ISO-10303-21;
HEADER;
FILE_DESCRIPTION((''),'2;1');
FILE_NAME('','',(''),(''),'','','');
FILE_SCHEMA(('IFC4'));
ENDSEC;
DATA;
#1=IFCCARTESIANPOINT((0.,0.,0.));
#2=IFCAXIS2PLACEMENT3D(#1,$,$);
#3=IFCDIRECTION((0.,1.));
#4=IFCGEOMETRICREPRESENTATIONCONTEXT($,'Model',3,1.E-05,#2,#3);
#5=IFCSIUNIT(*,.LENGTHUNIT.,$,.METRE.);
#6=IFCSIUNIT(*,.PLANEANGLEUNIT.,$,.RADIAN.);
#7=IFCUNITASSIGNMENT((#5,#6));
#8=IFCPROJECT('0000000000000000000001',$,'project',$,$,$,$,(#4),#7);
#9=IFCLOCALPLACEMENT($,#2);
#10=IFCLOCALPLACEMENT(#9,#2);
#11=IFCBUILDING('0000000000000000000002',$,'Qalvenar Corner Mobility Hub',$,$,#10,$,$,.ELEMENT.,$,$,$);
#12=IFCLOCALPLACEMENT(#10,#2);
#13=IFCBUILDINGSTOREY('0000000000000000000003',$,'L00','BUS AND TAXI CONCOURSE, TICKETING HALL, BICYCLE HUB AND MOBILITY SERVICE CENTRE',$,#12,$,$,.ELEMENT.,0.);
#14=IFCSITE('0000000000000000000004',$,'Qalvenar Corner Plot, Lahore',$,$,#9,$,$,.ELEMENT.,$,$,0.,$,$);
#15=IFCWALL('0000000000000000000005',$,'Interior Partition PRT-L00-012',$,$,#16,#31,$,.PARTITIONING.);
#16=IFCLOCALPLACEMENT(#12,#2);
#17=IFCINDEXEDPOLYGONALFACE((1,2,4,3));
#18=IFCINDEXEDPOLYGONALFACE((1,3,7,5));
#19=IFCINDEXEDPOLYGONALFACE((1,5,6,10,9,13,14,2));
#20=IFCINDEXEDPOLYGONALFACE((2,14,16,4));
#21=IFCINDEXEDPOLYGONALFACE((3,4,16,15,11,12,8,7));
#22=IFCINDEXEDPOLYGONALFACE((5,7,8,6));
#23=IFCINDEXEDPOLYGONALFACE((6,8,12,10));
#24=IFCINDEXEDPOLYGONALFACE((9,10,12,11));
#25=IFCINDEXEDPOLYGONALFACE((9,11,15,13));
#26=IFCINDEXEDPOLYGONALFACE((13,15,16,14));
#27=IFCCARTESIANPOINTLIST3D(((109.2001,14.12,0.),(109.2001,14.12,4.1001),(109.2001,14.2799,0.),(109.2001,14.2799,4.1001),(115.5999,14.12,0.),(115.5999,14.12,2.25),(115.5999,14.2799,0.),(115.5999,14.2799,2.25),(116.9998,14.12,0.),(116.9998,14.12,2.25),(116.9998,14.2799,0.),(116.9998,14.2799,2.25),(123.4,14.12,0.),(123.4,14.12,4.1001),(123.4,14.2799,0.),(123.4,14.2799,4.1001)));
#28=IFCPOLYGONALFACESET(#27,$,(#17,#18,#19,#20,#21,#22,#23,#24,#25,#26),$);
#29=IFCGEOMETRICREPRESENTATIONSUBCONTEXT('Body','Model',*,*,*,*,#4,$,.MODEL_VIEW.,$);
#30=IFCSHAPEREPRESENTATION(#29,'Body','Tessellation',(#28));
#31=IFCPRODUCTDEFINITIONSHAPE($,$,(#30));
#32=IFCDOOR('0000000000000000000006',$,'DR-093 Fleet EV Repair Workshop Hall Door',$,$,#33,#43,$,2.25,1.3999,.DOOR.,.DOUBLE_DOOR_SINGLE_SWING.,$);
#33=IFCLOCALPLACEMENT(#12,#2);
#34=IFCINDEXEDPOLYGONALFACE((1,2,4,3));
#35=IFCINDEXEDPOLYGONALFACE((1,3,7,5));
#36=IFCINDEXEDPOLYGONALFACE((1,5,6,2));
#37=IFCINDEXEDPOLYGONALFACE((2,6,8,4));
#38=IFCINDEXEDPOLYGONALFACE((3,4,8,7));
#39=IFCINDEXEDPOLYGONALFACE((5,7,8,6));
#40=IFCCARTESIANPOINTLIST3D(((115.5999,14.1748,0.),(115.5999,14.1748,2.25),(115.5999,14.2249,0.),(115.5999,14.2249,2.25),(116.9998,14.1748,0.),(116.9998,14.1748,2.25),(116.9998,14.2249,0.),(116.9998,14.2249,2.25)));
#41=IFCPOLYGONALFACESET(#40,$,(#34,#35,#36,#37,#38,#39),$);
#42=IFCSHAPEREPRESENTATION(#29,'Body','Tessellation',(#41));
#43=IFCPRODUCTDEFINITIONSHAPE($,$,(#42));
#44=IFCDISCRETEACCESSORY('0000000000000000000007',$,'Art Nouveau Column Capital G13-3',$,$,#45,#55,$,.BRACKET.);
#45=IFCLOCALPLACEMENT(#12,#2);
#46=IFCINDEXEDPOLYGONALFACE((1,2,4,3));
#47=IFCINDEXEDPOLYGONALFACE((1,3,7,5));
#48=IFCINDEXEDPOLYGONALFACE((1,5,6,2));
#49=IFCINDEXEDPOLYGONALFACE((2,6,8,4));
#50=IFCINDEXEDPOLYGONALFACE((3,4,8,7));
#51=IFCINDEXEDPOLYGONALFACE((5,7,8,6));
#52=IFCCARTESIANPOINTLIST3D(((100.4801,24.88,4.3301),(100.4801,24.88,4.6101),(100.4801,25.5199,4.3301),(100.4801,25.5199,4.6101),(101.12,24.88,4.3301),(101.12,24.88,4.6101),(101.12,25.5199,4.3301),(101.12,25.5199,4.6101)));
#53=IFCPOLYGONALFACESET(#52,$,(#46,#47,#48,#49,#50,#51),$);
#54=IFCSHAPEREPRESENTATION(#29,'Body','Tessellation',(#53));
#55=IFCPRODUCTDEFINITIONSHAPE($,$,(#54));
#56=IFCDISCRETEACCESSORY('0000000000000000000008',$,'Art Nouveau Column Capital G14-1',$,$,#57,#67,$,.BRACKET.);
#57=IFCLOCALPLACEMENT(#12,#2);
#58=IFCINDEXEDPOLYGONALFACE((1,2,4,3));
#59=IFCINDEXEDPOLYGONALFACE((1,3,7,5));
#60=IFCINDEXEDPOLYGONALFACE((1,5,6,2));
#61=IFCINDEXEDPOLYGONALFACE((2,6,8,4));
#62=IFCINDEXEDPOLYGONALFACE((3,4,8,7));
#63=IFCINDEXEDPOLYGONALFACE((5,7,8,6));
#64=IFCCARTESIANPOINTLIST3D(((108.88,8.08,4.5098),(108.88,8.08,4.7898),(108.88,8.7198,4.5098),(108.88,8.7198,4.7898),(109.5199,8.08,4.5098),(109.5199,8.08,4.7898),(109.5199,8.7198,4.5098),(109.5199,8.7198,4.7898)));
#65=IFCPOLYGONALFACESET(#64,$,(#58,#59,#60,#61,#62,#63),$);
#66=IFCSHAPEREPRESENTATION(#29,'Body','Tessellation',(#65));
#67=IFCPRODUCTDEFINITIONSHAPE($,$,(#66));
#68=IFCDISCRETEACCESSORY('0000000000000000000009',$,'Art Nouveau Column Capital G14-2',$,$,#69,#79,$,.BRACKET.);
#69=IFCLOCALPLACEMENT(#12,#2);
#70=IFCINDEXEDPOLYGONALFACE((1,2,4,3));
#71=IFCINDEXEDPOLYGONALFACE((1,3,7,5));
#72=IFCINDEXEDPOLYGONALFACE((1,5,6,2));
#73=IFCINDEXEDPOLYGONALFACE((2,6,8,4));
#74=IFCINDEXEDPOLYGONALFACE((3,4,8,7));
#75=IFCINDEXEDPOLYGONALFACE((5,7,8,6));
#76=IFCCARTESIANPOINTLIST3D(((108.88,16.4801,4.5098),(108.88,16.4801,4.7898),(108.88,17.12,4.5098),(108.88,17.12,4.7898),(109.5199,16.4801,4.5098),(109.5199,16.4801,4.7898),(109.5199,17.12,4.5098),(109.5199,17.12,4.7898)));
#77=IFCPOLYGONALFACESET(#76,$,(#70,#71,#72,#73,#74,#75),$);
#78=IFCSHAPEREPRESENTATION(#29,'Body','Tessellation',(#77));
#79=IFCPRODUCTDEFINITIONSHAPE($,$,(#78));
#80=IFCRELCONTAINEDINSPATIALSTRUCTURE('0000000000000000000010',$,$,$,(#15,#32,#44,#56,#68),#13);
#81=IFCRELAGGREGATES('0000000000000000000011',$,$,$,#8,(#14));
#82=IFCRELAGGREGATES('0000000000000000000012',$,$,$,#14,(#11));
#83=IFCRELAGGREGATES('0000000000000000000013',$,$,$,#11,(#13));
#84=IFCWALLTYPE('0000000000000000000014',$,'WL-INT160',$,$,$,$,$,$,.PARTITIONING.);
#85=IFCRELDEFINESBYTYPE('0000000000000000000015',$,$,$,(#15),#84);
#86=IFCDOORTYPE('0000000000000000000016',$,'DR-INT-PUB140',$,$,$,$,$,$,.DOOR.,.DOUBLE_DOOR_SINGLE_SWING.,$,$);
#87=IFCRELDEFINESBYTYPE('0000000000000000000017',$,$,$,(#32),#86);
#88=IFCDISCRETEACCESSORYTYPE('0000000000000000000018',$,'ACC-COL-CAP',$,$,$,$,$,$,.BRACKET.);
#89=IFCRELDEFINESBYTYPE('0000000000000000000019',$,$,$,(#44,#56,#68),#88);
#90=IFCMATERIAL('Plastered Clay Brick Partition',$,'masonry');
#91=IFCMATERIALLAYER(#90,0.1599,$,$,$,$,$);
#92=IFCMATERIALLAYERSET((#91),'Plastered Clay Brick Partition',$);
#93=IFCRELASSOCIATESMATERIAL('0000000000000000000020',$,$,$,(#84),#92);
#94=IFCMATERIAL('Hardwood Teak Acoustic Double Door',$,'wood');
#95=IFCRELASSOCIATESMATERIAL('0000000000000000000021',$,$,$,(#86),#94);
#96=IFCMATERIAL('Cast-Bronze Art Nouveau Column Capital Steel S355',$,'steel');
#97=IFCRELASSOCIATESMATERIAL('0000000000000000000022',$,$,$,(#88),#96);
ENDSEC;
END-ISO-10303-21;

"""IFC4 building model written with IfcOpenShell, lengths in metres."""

from ifc_helpers import new_model, si_unit, direction, frame, frame_2d, origin, origin_2d, place, context, subcontext, project, spatial, rectangle, extrude, material, layer, layer_set, type_object, element, fill, save


model = new_model("IFC4")

# Units and contexts
model_context = context("Model", 3, precision=1e-05, world=origin(), true_north=direction((0.0, 1.0)))
body_context = subcontext(model_context, "Body", "Model", "MODEL_VIEW")
ifc_project = project(units=[si_unit("LENGTHUNIT", "METRE"), si_unit("PLANEANGLEUNIT", "RADIAN")], contexts=[model_context])

# Site, building, storey
site_placement = place(None, origin())
site = spatial("IfcSite", under=ifc_project, at=site_placement, Name="Qalvenar Corner Plot, Lahore", CompositionType="ELEMENT", RefElevation=0.0)
building_placement = place(site_placement, origin())
building = spatial("IfcBuilding", under=site, at=building_placement, Name="Qalvenar Corner Mobility Hub", CompositionType="ELEMENT")
storey_placement = place(building_placement, origin())
storey = spatial("IfcBuildingStorey", under=building, at=storey_placement, Name="L00", Description="BUS AND TAXI CONCOURSE, TICKETING HALL, BICYCLE HUB AND MOBILITY SERVICE CENTRE", CompositionType="ELEMENT", Elevation=0.0)

# Shared definitions
ifc_material_1 = material(Name="Plastered Clay Brick Partition", Category="masonry")
ifc_layer_1 = layer(ifc_material_1, 0.1599)
ifc_layer_set_1 = layer_set([ifc_layer_1], Name="Plastered Clay Brick Partition")
wall_type_1 = type_object("IfcWallType", Name="WL-INT160", PredefinedType="PARTITIONING", material=ifc_layer_set_1)

# Wall, opening, door
wall_1_placement = place(storey_placement, frame((109.2, 14.2, 0.0), z_axis=(0.0, 0.0, 1.0), x_axis=(1.0, 0.0, 0.0)))
wall_1 = element("IfcWall", 1, at=wall_1_placement, inside=storey, type_object=wall_type_1, Name="Interior Partition PRT-L00-012", PredefinedType="PARTITIONING", context=body_context, shape_type="SweptSolid", body=[
    extrude(rectangle(XDim=14.2, YDim=0.1599, at=frame_2d((7.1001, 0.0))), origin(), (0.0, 0.0, 1.0), 4.1001),
])
opening_placement = place(wall_1_placement, frame((6.3999, 0.0, 0.0)))
opening = element("IfcOpeningElement", 2, at=opening_placement, cuts=wall_1, PredefinedType="OPENING", context=body_context, shape_type="SweptSolid", body=[
    extrude(rectangle(XDim=1.3999, YDim=2.25, at=frame_2d((0.7, 1.125))), frame((0.0, 0.0898, 0.0), z_axis=(0.0, -1.0, 0.0), x_axis=(1.0, 0.0, 0.0)), (0.0, 0.0, 1.0), 0.1799),
])
ifc_material_2 = material(Name="Hardwood Teak Acoustic Double Door", Category="wood")
door_type = type_object("IfcDoorType", Name="DR-INT-PUB140", OperationType="DOUBLE_DOOR_SINGLE_SWING", PredefinedType="DOOR", material=ifc_material_2)
door_placement = place(opening_placement, origin())
door = element("IfcDoor", 3, at=door_placement, inside=storey, type_object=door_type, Name="DR-093 Fleet EV Repair Workshop Hall Door", OperationType="DOUBLE_DOOR_SINGLE_SWING", OverallHeight=2.25, OverallWidth=1.3999, PredefinedType="DOOR", context=body_context, shape_type="SweptSolid", body=[
    extrude(rectangle(XDim=1.3999, YDim=2.25, at=frame_2d((0.7, 1.125))), frame((0.0, 0.0249, 0.0), z_axis=(0.0, -1.0, 0.0), x_axis=(1.0, 0.0, 0.0)), (0.0, 0.0, 1.0), 0.05),
])
fill(opening, door)

# Discrete accessories
ifc_material_3 = material(Name="Cast-Bronze Art Nouveau Column Capital Steel S355", Category="steel")
discrete_accessory_type = type_object("IfcDiscreteAccessoryType", Name="ACC-COL-CAP", PredefinedType="BRACKET", material=ifc_material_3)
for number, where, z_axis, x_axis, name in (
    (4, (100.8, 25.2, 4.3301), (0.0, 0.0, 1.0), (1.0, 0.0, 0.0), "Art Nouveau Column Capital G13-3"),
    (5, (109.2, 8.3999, 4.5098), (0.0, 0.0, 1.0), (1.0, 0.0, 0.0), "Art Nouveau Column Capital G14-1"),
    (6, (109.2, 16.8, 4.5098), (0.0, 0.0, 1.0), (1.0, 0.0, 0.0), "Art Nouveau Column Capital G14-2"),
):
    element("IfcDiscreteAccessory", number, at=place(storey_placement, frame(where, z_axis=z_axis, x_axis=x_axis)), inside=storey, type_object=discrete_accessory_type, Name=name, PredefinedType="BRACKET", context=body_context, shape_type="SweptSolid", body=[
        extrude(rectangle(XDim=0.6399, YDim=0.6399, at=origin_2d()), origin(), (0.0, 0.0, 1.0), 0.28),
    ])

save(model, "model.ifc")
